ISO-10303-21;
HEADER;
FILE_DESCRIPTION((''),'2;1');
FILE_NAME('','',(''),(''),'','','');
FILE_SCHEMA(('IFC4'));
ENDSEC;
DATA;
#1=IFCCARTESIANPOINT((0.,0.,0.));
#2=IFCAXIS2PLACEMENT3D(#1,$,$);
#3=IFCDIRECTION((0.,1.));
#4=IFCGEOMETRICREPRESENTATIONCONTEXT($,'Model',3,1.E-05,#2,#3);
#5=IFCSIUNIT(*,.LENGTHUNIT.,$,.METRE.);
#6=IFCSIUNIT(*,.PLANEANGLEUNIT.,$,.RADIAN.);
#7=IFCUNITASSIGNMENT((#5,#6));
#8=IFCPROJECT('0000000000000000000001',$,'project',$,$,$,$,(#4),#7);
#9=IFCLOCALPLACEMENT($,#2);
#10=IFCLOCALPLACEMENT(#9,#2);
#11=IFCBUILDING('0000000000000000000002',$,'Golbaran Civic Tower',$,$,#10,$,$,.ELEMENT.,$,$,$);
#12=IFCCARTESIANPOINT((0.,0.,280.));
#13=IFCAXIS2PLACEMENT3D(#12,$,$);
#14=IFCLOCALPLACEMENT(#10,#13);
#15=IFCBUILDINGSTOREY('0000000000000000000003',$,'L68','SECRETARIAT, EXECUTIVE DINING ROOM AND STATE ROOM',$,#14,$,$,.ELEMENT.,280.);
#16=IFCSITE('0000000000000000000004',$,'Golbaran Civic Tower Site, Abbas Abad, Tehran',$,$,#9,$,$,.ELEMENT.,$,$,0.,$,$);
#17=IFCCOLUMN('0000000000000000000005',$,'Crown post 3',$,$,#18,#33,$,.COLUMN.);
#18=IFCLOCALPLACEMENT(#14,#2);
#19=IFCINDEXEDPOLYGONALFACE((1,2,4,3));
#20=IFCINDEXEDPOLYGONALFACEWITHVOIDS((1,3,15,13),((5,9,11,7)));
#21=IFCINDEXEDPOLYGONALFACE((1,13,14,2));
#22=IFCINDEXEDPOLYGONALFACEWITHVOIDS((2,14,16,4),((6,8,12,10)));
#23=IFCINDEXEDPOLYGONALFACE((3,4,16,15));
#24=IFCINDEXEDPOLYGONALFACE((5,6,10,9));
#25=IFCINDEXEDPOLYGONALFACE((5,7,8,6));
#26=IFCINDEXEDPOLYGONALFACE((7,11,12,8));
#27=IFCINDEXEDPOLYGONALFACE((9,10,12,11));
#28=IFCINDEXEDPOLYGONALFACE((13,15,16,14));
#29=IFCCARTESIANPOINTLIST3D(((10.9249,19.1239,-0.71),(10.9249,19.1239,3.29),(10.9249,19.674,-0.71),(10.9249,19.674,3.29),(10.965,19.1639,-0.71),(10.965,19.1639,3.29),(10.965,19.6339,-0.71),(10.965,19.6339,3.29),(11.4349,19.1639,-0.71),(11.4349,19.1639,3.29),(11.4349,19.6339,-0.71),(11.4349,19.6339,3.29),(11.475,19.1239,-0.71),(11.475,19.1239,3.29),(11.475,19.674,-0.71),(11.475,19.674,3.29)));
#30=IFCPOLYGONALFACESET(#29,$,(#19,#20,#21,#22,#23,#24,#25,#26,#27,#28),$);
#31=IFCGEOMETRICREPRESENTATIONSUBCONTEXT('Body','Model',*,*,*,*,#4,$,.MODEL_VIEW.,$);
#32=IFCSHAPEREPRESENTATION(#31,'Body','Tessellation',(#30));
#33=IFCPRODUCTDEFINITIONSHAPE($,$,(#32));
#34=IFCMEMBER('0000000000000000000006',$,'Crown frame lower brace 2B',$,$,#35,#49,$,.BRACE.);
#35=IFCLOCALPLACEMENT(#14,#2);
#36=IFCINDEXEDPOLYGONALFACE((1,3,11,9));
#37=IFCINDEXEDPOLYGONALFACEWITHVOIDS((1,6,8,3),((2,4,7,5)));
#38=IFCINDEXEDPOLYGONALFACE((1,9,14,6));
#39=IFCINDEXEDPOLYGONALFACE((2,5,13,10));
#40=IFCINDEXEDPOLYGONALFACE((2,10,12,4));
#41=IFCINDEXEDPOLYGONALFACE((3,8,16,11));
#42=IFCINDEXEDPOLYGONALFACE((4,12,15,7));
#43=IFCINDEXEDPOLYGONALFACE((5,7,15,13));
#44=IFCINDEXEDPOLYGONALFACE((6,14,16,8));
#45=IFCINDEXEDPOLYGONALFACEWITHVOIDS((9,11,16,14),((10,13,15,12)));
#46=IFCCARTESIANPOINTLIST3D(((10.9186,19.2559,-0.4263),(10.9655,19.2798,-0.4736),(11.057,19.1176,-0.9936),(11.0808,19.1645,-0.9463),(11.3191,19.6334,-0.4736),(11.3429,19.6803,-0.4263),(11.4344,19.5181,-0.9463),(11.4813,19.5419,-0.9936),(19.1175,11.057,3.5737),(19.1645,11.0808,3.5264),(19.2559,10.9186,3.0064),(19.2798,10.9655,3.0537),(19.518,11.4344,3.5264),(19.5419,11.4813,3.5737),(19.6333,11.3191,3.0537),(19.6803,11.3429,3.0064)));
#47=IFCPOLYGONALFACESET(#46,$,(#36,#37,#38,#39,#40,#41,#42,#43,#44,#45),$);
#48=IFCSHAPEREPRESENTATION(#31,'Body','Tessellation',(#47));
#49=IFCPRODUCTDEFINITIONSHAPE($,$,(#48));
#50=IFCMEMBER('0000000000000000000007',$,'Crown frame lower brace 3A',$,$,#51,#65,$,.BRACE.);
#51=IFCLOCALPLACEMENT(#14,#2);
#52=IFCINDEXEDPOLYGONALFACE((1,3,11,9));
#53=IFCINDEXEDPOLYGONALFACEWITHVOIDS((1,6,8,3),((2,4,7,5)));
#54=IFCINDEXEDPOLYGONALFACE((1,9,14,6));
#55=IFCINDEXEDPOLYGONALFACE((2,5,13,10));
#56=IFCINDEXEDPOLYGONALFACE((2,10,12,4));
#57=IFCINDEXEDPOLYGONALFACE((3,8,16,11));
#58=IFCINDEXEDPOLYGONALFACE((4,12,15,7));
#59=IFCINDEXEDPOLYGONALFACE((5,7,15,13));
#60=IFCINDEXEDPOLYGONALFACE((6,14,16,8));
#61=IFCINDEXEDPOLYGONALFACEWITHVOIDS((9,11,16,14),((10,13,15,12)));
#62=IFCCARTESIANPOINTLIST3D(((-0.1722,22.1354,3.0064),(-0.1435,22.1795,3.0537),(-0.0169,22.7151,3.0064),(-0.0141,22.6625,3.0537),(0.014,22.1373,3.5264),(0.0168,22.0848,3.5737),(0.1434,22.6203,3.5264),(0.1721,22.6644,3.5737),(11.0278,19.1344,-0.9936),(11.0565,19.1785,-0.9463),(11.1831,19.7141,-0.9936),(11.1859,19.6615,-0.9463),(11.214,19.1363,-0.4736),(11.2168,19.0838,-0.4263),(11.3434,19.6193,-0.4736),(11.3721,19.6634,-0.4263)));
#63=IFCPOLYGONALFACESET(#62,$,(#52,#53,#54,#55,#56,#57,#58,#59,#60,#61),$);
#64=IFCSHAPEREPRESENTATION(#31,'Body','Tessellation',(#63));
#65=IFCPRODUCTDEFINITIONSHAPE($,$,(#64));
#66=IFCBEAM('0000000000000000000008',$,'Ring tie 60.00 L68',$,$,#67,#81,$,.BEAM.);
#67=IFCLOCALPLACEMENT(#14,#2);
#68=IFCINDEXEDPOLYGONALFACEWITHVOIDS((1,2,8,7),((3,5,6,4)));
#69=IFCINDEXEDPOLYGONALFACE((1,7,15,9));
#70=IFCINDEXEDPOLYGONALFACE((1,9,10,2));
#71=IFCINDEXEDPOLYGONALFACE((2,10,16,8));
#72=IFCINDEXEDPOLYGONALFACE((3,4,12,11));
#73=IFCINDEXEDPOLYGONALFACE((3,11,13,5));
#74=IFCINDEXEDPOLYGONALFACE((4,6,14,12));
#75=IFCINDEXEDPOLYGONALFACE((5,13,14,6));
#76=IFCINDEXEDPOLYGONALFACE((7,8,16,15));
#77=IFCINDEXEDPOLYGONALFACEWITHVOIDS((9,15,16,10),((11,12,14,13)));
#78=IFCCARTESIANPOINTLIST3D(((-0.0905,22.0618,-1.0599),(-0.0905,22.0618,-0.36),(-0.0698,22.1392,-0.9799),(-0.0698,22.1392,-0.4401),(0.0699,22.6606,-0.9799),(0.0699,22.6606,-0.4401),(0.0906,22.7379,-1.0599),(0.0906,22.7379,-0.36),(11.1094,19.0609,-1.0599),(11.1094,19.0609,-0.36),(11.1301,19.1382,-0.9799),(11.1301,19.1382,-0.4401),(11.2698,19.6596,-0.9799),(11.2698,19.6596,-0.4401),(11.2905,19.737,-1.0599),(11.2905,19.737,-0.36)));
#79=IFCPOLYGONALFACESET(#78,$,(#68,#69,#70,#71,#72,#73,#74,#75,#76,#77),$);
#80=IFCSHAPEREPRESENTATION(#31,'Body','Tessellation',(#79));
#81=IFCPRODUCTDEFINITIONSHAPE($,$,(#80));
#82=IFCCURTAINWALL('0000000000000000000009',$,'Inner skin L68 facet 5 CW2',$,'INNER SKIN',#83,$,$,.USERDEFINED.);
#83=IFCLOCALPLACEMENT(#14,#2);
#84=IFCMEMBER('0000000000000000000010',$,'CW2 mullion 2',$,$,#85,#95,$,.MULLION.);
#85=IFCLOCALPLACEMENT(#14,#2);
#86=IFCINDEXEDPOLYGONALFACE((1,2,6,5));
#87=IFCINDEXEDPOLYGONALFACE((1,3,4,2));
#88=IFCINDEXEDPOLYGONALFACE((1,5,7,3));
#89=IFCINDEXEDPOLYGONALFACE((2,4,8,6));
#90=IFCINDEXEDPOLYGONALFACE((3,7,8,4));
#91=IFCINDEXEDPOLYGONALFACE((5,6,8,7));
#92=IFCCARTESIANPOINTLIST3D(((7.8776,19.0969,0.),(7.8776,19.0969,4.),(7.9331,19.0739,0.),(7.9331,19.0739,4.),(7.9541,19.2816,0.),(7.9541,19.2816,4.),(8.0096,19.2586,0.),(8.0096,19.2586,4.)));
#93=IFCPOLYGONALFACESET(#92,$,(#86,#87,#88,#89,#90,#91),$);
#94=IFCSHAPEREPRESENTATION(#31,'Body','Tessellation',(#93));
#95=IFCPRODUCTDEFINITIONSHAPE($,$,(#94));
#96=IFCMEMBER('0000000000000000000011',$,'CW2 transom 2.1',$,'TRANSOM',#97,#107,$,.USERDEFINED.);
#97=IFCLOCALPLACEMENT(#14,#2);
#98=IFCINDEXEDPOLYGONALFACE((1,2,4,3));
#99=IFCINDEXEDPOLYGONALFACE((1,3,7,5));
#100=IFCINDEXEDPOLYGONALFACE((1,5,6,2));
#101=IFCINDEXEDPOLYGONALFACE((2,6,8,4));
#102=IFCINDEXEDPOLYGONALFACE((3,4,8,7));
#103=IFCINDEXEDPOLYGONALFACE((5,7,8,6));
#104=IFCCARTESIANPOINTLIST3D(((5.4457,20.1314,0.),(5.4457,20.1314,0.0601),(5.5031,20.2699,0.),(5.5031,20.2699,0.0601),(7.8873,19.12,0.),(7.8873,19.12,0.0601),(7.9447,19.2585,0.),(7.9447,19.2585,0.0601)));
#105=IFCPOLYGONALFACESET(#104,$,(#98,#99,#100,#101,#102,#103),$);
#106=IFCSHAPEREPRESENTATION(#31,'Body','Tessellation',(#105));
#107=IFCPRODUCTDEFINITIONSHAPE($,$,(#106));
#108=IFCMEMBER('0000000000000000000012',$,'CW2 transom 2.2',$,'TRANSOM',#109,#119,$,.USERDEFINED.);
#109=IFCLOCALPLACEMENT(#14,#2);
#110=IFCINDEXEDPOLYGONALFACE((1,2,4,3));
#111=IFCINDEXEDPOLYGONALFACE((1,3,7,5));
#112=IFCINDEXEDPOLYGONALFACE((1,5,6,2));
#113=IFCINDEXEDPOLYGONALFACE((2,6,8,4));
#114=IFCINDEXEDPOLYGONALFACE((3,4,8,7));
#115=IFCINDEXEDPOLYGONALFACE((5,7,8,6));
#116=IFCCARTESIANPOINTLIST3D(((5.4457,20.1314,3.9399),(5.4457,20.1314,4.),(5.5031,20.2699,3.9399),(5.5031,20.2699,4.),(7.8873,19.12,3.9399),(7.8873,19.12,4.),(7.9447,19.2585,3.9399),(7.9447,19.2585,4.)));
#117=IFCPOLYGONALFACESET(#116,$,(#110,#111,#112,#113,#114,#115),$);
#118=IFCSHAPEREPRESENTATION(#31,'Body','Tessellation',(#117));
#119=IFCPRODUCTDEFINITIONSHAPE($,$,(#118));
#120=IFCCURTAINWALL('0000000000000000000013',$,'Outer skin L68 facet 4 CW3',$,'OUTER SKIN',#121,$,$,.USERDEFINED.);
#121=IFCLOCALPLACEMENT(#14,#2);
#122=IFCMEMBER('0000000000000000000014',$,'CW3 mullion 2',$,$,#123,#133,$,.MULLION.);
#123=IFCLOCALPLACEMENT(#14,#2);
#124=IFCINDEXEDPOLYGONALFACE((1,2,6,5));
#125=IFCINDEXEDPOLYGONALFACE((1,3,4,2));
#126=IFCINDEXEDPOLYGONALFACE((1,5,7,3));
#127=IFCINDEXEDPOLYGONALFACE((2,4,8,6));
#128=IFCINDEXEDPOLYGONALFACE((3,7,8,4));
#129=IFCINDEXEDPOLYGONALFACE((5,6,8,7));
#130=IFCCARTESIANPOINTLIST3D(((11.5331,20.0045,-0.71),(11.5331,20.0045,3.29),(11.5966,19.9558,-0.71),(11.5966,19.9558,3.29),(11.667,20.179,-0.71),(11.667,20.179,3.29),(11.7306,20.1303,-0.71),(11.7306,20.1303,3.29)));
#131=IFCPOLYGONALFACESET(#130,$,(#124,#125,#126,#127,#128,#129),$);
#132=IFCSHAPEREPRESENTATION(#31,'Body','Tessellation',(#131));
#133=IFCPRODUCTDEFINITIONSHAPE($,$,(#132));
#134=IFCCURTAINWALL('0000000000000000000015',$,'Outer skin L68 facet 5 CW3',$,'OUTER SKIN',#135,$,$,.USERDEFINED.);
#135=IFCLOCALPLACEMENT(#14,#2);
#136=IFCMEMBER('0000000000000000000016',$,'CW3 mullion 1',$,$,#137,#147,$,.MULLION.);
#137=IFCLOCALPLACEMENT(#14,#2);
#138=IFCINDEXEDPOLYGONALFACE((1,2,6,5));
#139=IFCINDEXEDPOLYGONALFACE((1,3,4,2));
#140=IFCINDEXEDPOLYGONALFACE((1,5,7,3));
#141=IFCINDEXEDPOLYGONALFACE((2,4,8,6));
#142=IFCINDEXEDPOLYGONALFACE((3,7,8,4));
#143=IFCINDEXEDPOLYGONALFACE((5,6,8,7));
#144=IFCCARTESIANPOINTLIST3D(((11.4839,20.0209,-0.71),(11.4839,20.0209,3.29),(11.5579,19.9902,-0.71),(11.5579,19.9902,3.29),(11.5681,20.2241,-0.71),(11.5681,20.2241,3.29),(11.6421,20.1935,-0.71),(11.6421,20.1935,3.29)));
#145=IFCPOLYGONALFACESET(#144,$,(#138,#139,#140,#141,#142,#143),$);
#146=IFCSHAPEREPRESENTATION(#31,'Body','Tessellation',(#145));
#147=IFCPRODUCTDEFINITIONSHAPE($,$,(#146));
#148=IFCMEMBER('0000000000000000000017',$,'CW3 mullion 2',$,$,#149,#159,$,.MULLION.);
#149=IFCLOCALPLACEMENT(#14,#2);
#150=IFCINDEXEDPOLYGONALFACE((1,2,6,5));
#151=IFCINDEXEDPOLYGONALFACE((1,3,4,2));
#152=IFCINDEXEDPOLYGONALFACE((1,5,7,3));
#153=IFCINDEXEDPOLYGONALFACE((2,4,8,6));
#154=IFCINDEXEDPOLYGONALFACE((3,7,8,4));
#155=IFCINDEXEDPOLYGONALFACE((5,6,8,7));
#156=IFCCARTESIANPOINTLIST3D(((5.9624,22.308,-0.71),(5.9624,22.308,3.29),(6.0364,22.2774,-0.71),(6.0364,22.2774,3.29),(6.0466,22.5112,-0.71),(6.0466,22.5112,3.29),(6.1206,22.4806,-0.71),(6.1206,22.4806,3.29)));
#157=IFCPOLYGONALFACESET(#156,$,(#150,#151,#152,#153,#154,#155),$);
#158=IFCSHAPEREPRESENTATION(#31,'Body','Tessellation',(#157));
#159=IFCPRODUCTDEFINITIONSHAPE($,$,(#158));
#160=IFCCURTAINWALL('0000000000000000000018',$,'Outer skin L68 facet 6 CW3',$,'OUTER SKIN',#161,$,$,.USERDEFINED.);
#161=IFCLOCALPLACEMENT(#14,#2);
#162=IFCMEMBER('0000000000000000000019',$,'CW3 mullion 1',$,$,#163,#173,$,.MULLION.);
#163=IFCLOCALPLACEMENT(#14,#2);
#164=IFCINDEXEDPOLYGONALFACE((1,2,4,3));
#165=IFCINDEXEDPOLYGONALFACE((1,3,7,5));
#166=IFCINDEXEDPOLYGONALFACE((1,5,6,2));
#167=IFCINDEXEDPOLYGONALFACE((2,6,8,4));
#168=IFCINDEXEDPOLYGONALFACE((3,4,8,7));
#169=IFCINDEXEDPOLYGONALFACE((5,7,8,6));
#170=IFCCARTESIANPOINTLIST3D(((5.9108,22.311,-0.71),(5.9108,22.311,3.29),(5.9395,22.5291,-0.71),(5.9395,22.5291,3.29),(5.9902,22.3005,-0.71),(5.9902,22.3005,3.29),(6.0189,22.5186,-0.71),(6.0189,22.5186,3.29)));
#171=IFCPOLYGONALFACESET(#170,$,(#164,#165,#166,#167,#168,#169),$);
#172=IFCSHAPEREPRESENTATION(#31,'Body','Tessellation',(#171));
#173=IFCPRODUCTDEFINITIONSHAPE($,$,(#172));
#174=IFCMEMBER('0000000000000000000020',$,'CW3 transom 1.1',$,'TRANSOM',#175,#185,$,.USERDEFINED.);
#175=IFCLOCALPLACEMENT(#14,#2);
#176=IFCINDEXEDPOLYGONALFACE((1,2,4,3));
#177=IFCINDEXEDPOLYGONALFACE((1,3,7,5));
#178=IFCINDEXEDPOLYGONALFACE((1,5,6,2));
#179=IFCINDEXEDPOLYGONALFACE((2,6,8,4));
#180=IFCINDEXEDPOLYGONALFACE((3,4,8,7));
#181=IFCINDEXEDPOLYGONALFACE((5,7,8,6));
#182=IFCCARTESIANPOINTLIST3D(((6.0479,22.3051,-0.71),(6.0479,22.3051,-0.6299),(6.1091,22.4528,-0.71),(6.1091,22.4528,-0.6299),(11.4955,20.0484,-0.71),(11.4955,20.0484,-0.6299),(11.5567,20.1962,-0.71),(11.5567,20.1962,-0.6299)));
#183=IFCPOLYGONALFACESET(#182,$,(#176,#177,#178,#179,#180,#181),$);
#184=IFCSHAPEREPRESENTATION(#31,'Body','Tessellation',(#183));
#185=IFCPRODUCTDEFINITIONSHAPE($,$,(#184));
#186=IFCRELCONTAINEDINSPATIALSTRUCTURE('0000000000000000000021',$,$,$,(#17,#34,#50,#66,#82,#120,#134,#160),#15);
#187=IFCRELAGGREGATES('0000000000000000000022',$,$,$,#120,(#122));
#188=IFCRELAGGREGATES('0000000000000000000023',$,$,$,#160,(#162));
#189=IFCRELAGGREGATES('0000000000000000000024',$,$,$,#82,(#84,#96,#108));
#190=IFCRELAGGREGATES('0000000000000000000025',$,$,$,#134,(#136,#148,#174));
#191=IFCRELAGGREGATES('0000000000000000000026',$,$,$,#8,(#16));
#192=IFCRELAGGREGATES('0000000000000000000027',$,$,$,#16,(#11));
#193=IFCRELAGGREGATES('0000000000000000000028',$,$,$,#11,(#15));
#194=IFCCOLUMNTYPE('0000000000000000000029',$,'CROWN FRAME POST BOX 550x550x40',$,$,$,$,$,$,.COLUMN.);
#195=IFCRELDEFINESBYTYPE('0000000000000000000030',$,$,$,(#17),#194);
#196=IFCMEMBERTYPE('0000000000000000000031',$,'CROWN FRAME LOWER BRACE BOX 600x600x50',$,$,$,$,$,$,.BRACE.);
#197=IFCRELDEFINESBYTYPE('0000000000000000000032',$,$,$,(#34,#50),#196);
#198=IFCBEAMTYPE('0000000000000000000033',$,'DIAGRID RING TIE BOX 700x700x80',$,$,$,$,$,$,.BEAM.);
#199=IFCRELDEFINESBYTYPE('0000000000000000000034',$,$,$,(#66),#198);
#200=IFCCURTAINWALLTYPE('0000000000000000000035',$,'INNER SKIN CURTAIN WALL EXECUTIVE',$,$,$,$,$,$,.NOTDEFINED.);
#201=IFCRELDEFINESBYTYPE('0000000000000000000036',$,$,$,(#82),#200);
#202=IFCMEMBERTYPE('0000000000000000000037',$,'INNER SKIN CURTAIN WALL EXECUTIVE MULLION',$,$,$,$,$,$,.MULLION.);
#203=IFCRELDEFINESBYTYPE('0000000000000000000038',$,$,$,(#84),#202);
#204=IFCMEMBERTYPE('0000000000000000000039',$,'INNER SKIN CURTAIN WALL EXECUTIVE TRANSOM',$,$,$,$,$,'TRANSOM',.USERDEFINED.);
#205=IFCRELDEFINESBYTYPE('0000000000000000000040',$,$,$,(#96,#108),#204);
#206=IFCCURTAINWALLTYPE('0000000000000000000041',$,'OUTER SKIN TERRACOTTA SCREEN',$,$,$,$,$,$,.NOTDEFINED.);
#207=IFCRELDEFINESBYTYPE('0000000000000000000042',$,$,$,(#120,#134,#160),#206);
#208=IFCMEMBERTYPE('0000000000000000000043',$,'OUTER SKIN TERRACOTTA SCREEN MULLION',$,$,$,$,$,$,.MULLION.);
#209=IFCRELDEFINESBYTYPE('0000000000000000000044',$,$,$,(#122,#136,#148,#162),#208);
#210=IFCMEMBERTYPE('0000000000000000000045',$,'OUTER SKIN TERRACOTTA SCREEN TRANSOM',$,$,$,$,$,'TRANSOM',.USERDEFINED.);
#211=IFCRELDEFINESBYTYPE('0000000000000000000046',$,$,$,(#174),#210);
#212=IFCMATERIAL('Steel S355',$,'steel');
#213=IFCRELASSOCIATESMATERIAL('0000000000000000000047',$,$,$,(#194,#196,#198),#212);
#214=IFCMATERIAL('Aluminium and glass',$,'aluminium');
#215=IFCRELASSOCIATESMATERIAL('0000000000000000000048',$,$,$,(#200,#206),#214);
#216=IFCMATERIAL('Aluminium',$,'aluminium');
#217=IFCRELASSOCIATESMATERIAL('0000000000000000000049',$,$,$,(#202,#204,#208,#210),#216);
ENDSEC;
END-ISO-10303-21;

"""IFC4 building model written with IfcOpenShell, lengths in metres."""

from ifc_helpers import new_model, si_unit, direction, frame, origin, origin_2d, place, context, subcontext, project, spatial, rectangle, hollow_rectangle, extrude, material, material_profile, profile_set, type_object, element, aggregate, save


model = new_model("IFC4")

# Units and contexts
model_context = context("Model", 3, precision=1e-05, world=origin(), true_north=direction((0.0, 1.0)))
body_context = subcontext(model_context, "Body", "Model", "MODEL_VIEW")
ifc_project = project(units=[si_unit("LENGTHUNIT", "METRE"), si_unit("PLANEANGLEUNIT", "RADIAN")], contexts=[model_context])

# Site, building, storey
site_placement = place(None, origin())
site = spatial("IfcSite", under=ifc_project, at=site_placement, Name="Golbaran Civic Tower Site, Abbas Abad, Tehran", CompositionType="ELEMENT", RefElevation=0.0)
building_placement = place(site_placement, origin())
building = spatial("IfcBuilding", under=site, at=building_placement, Name="Golbaran Civic Tower", CompositionType="ELEMENT")
storey_placement = place(building_placement, frame((0.0, 0.0, 280.0)))
storey = spatial("IfcBuildingStorey", under=building, at=storey_placement, Name="L68", Description="SECRETARIAT, EXECUTIVE DINING ROOM AND STATE ROOM", CompositionType="ELEMENT", Elevation=280.0)

# Column
ifc_material_1 = material(Name="Steel S355", Category="steel")
ifc_material_profile_1 = material_profile(ifc_material_1, hollow_rectangle(XDim=0.55, YDim=0.55, WallThickness=0.04, at=origin_2d()), Name="BOX 550x550x40")
ifc_profile_set_1 = profile_set([ifc_material_profile_1], Name="Steel S355")
column_type = type_object("IfcColumnType", Name="CROWN FRAME POST BOX 550x550x40", PredefinedType="COLUMN", material=ifc_profile_set_1)
column_placement = place(storey_placement, frame((11.2, 19.3989, -0.71), z_axis=(0.0, 0.0, 1.0), x_axis=(1.0, 0.0, 0.0)))
element("IfcColumn", 1, at=column_placement, inside=storey, type_object=column_type, Name="Crown post 3", PredefinedType="COLUMN", context=body_context, shape_type="SweptSolid", body=[
    extrude(hollow_rectangle(XDim=0.55, YDim=0.55, WallThickness=0.04, at=origin_2d()), origin(), (0.0, 0.0, 1.0), 4.0),
])

# Members
ifc_material_profile_2 = material_profile(ifc_material_1, hollow_rectangle(XDim=0.6001, YDim=0.6001, WallThickness=0.05, at=origin_2d()), Name="BOX 600x600x50")
ifc_profile_set_2 = profile_set([ifc_material_profile_2], Name="Steel S355")
member_type_1 = type_object("IfcMemberType", Name="CROWN FRAME LOWER BRACE BOX 600x600x50", PredefinedType="BRACE", material=ifc_profile_set_2)
for number, where, z_axis, x_axis, name in (
    (2, (11.2, 19.3989, -0.71), (0.66845, -0.66845, 0.326114), (0.707107, 0.707107, 0.0), "Crown frame lower brace 2B"),
    (3, (11.2, 19.3989, -0.71), (-0.913119, 0.244666, 0.326116), (-0.258816, -0.965927, 0.0), "Crown frame lower brace 3A"),
):
    element("IfcMember", number, at=place(storey_placement, frame(where, z_axis=z_axis, x_axis=x_axis)), inside=storey, type_object=member_type_1, Name=name, PredefinedType="BRACE", context=body_context, shape_type="SweptSolid", body=[
        extrude(hollow_rectangle(XDim=0.6001, YDim=0.6001, WallThickness=0.05, at=origin_2d()), origin(), (0.0, 0.0, 1.0), 12.2656),
    ])

# Beam
ifc_material_profile_3 = material_profile(ifc_material_1, hollow_rectangle(XDim=0.7, YDim=0.7, WallThickness=0.0801, at=origin_2d()), Name="BOX 700x700x80")
ifc_profile_set_3 = profile_set([ifc_material_profile_3], Name="Steel S355")
beam_type = type_object("IfcBeamType", Name="DIAGRID RING TIE BOX 700x700x80", PredefinedType="BEAM", material=ifc_profile_set_3)
beam_placement = place(storey_placement, frame((11.2, 19.3989, -0.71), z_axis=(-0.965927, 0.258816, 0.0), x_axis=(-0.258816, -0.965927, 0.0)))
element("IfcBeam", 4, at=beam_placement, inside=storey, type_object=beam_type, Name="Ring tie 60.00 L68", PredefinedType="BEAM", context=body_context, shape_type="SweptSolid", body=[
    extrude(hollow_rectangle(XDim=0.7, YDim=0.7, WallThickness=0.0801, at=origin_2d()), origin(), (0.0, 0.0, 1.0), 11.595),
])

# Curtain wall, members
ifc_material_2 = material(Name="Aluminium and glass", Category="aluminium")
curtain_wall_type_1 = type_object("IfcCurtainWallType", Name="INNER SKIN CURTAIN WALL EXECUTIVE", PredefinedType="NOTDEFINED", material=ifc_material_2)
curtain_wall_1_placement = place(storey_placement, origin())
curtain_wall_1 = element("IfcCurtainWall", 5, at=curtain_wall_1_placement, inside=storey, type_object=curtain_wall_type_1, Name="Inner skin L68 facet 5 CW2", ObjectType="INNER SKIN", PredefinedType="USERDEFINED")
ifc_material_3 = material(Name="Aluminium", Category="aluminium")
ifc_material_profile_4 = material_profile(ifc_material_3, rectangle(XDim=0.2, YDim=0.0601, at=origin_2d()), Name="INNER SKIN CURTAIN WALL EXECUTIVE MULLION")
ifc_profile_set_4 = profile_set([ifc_material_profile_4], Name="Aluminium")
member_type_2 = type_object("IfcMemberType", Name="INNER SKIN CURTAIN WALL EXECUTIVE MULLION", PredefinedType="MULLION", material=ifc_profile_set_4)
member_1_placement = place(storey_placement, frame((7.9436, 19.1777, 0.0), z_axis=(0.0, 0.0, 1.0), x_axis=(-0.382683, -0.92388, 0.0)))
member_1 = element("IfcMember", 6, at=member_1_placement, type_object=member_type_2, Name="CW2 mullion 2", PredefinedType="MULLION", context=body_context, shape_type="SweptSolid", body=[
    extrude(rectangle(XDim=0.2, YDim=0.0601, at=origin_2d()), origin(), (0.0, 0.0, 1.0), 4.0),
])
ifc_material_profile_5 = material_profile(ifc_material_3, rectangle(XDim=0.1499, YDim=0.0601, at=origin_2d()), Name="INNER SKIN CURTAIN WALL EXECUTIVE TRANSOM")
ifc_profile_set_5 = profile_set([ifc_material_profile_5], Name="Aluminium")
member_type_3 = type_object("IfcMemberType", Name="INNER SKIN CURTAIN WALL EXECUTIVE TRANSOM", ElementType="TRANSOM", PredefinedType="USERDEFINED", material=ifc_profile_set_5)
member_2_placement = place(storey_placement, frame((7.916, 19.1892, 0.03), z_axis=(-0.923865, 0.382719, 0.0), x_axis=(-0.382719, -0.923865, 0.0)))
member_2 = element("IfcMember", 7, at=member_2_placement, type_object=member_type_3, Name="CW2 transom 2.1", ObjectType="TRANSOM", PredefinedType="USERDEFINED", context=body_context, shape_type="SweptSolid", body=[
    extrude(rectangle(XDim=0.1499, YDim=0.0601, at=origin_2d()), origin(), (0.0, 0.0, 1.0), 2.6428),
])
member_3_placement = place(storey_placement, frame((7.916, 19.1892, 3.97), z_axis=(-0.923865, 0.382719, 0.0), x_axis=(-0.382719, -0.923865, 0.0)))
member_3 = element("IfcMember", 8, at=member_3_placement, type_object=member_type_3, Name="CW2 transom 2.2", ObjectType="TRANSOM", PredefinedType="USERDEFINED", context=body_context, shape_type="SweptSolid", body=[
    extrude(rectangle(XDim=0.1499, YDim=0.0601, at=origin_2d()), origin(), (0.0, 0.0, 1.0), 2.6428),
])

# Curtain wall, member
curtain_wall_type_2 = type_object("IfcCurtainWallType", Name="OUTER SKIN TERRACOTTA SCREEN", PredefinedType="NOTDEFINED", material=ifc_material_2)
curtain_wall_2_placement = place(storey_placement, origin())
curtain_wall_2 = element("IfcCurtainWall", 9, at=curtain_wall_2_placement, inside=storey, type_object=curtain_wall_type_2, Name="Outer skin L68 facet 4 CW3", ObjectType="OUTER SKIN", PredefinedType="USERDEFINED")
ifc_material_profile_6 = material_profile(ifc_material_3, rectangle(XDim=0.22, YDim=0.0801, at=origin_2d()), Name="OUTER SKIN TERRACOTTA SCREEN MULLION")
ifc_profile_set_6 = profile_set([ifc_material_profile_6], Name="Aluminium")
member_type_4 = type_object("IfcMemberType", Name="OUTER SKIN TERRACOTTA SCREEN MULLION", PredefinedType="MULLION", material=ifc_profile_set_6)
member_4_placement = place(storey_placement, frame((11.6318, 20.0674, -0.71), z_axis=(0.0, 0.0, 1.0), x_axis=(-0.608761, -0.793353, 0.0)))
member_4 = element("IfcMember", 10, at=member_4_placement, type_object=member_type_4, Name="CW3 mullion 2", PredefinedType="MULLION", context=body_context, shape_type="SweptSolid", body=[
    extrude(rectangle(XDim=0.22, YDim=0.0801, at=origin_2d()), origin(), (0.0, 0.0, 1.0), 4.0),
])
aggregate(curtain_wall_2, [member_4])

# Curtain wall, members
curtain_wall_3_placement = place(storey_placement, origin())
curtain_wall_3 = element("IfcCurtainWall", 11, at=curtain_wall_3_placement, inside=storey, type_object=curtain_wall_type_2, Name="Outer skin L68 facet 5 CW3", ObjectType="OUTER SKIN", PredefinedType="USERDEFINED")
member_5_placement = place(storey_placement, frame((11.563, 20.1072, -0.71), z_axis=(0.0, 0.0, 1.0), x_axis=(-0.382683, -0.92388, 0.0)))
member_5 = element("IfcMember", 12, at=member_5_placement, type_object=member_type_4, Name="CW3 mullion 1", PredefinedType="MULLION", context=body_context, shape_type="SweptSolid", body=[
    extrude(rectangle(XDim=0.22, YDim=0.0801, at=origin_2d()), origin(), (0.0, 0.0, 1.0), 4.0),
])
member_6_placement = place(storey_placement, frame((6.0415, 22.3943, -0.71), z_axis=(0.0, 0.0, 1.0), x_axis=(-0.382683, -0.92388, 0.0)))
member_6 = element("IfcMember", 13, at=member_6_placement, type_object=member_type_4, Name="CW3 mullion 2", PredefinedType="MULLION", context=body_context, shape_type="SweptSolid", body=[
    extrude(rectangle(XDim=0.22, YDim=0.0801, at=origin_2d()), origin(), (0.0, 0.0, 1.0), 4.0),
])

# Curtain wall, member
curtain_wall_4_placement = place(storey_placement, origin())
curtain_wall_4 = element("IfcCurtainWall", 14, at=curtain_wall_4_placement, inside=storey, type_object=curtain_wall_type_2, Name="Outer skin L68 facet 6 CW3", ObjectType="OUTER SKIN", PredefinedType="USERDEFINED")
member_7_placement = place(storey_placement, frame((5.9648, 22.4148, -0.71), z_axis=(0.0, 0.0, 1.0), x_axis=(-0.130526, -0.991445, 0.0)))
member_7 = element("IfcMember", 15, at=member_7_placement, type_object=member_type_4, Name="CW3 mullion 1", PredefinedType="MULLION", context=body_context, shape_type="SweptSolid", body=[
    extrude(rectangle(XDim=0.22, YDim=0.0801, at=origin_2d()), origin(), (0.0, 0.0, 1.0), 4.0),
])

# Member
ifc_material_profile_7 = material_profile(ifc_material_3, rectangle(XDim=0.1599, YDim=0.0801, at=origin_2d()), Name="OUTER SKIN TERRACOTTA SCREEN TRANSOM")
ifc_profile_set_7 = profile_set([ifc_material_profile_7], Name="Aluminium")
member_type_5 = type_object("IfcMemberType", Name="OUTER SKIN TERRACOTTA SCREEN TRANSOM", ElementType="TRANSOM", PredefinedType="USERDEFINED", material=ifc_profile_set_7)
member_8_placement = place(storey_placement, frame((11.5261, 20.1223, -0.6699), z_axis=(-0.92387, 0.382707, 0.0), x_axis=(-0.382707, -0.92387, 0.0)))
member_8 = element("IfcMember", 16, at=member_8_placement, type_object=member_type_5, Name="CW3 transom 1.1", ObjectType="TRANSOM", PredefinedType="USERDEFINED", context=body_context, shape_type="SweptSolid", body=[
    extrude(rectangle(XDim=0.1599, YDim=0.0801, at=origin_2d()), origin(), (0.0, 0.0, 1.0), 5.8965),
])
aggregate(curtain_wall_4, [member_7])

aggregate(curtain_wall_1, [member_1, member_2, member_3])
aggregate(curtain_wall_3, [member_5, member_6, member_8])

save(model, "model.ifc")
